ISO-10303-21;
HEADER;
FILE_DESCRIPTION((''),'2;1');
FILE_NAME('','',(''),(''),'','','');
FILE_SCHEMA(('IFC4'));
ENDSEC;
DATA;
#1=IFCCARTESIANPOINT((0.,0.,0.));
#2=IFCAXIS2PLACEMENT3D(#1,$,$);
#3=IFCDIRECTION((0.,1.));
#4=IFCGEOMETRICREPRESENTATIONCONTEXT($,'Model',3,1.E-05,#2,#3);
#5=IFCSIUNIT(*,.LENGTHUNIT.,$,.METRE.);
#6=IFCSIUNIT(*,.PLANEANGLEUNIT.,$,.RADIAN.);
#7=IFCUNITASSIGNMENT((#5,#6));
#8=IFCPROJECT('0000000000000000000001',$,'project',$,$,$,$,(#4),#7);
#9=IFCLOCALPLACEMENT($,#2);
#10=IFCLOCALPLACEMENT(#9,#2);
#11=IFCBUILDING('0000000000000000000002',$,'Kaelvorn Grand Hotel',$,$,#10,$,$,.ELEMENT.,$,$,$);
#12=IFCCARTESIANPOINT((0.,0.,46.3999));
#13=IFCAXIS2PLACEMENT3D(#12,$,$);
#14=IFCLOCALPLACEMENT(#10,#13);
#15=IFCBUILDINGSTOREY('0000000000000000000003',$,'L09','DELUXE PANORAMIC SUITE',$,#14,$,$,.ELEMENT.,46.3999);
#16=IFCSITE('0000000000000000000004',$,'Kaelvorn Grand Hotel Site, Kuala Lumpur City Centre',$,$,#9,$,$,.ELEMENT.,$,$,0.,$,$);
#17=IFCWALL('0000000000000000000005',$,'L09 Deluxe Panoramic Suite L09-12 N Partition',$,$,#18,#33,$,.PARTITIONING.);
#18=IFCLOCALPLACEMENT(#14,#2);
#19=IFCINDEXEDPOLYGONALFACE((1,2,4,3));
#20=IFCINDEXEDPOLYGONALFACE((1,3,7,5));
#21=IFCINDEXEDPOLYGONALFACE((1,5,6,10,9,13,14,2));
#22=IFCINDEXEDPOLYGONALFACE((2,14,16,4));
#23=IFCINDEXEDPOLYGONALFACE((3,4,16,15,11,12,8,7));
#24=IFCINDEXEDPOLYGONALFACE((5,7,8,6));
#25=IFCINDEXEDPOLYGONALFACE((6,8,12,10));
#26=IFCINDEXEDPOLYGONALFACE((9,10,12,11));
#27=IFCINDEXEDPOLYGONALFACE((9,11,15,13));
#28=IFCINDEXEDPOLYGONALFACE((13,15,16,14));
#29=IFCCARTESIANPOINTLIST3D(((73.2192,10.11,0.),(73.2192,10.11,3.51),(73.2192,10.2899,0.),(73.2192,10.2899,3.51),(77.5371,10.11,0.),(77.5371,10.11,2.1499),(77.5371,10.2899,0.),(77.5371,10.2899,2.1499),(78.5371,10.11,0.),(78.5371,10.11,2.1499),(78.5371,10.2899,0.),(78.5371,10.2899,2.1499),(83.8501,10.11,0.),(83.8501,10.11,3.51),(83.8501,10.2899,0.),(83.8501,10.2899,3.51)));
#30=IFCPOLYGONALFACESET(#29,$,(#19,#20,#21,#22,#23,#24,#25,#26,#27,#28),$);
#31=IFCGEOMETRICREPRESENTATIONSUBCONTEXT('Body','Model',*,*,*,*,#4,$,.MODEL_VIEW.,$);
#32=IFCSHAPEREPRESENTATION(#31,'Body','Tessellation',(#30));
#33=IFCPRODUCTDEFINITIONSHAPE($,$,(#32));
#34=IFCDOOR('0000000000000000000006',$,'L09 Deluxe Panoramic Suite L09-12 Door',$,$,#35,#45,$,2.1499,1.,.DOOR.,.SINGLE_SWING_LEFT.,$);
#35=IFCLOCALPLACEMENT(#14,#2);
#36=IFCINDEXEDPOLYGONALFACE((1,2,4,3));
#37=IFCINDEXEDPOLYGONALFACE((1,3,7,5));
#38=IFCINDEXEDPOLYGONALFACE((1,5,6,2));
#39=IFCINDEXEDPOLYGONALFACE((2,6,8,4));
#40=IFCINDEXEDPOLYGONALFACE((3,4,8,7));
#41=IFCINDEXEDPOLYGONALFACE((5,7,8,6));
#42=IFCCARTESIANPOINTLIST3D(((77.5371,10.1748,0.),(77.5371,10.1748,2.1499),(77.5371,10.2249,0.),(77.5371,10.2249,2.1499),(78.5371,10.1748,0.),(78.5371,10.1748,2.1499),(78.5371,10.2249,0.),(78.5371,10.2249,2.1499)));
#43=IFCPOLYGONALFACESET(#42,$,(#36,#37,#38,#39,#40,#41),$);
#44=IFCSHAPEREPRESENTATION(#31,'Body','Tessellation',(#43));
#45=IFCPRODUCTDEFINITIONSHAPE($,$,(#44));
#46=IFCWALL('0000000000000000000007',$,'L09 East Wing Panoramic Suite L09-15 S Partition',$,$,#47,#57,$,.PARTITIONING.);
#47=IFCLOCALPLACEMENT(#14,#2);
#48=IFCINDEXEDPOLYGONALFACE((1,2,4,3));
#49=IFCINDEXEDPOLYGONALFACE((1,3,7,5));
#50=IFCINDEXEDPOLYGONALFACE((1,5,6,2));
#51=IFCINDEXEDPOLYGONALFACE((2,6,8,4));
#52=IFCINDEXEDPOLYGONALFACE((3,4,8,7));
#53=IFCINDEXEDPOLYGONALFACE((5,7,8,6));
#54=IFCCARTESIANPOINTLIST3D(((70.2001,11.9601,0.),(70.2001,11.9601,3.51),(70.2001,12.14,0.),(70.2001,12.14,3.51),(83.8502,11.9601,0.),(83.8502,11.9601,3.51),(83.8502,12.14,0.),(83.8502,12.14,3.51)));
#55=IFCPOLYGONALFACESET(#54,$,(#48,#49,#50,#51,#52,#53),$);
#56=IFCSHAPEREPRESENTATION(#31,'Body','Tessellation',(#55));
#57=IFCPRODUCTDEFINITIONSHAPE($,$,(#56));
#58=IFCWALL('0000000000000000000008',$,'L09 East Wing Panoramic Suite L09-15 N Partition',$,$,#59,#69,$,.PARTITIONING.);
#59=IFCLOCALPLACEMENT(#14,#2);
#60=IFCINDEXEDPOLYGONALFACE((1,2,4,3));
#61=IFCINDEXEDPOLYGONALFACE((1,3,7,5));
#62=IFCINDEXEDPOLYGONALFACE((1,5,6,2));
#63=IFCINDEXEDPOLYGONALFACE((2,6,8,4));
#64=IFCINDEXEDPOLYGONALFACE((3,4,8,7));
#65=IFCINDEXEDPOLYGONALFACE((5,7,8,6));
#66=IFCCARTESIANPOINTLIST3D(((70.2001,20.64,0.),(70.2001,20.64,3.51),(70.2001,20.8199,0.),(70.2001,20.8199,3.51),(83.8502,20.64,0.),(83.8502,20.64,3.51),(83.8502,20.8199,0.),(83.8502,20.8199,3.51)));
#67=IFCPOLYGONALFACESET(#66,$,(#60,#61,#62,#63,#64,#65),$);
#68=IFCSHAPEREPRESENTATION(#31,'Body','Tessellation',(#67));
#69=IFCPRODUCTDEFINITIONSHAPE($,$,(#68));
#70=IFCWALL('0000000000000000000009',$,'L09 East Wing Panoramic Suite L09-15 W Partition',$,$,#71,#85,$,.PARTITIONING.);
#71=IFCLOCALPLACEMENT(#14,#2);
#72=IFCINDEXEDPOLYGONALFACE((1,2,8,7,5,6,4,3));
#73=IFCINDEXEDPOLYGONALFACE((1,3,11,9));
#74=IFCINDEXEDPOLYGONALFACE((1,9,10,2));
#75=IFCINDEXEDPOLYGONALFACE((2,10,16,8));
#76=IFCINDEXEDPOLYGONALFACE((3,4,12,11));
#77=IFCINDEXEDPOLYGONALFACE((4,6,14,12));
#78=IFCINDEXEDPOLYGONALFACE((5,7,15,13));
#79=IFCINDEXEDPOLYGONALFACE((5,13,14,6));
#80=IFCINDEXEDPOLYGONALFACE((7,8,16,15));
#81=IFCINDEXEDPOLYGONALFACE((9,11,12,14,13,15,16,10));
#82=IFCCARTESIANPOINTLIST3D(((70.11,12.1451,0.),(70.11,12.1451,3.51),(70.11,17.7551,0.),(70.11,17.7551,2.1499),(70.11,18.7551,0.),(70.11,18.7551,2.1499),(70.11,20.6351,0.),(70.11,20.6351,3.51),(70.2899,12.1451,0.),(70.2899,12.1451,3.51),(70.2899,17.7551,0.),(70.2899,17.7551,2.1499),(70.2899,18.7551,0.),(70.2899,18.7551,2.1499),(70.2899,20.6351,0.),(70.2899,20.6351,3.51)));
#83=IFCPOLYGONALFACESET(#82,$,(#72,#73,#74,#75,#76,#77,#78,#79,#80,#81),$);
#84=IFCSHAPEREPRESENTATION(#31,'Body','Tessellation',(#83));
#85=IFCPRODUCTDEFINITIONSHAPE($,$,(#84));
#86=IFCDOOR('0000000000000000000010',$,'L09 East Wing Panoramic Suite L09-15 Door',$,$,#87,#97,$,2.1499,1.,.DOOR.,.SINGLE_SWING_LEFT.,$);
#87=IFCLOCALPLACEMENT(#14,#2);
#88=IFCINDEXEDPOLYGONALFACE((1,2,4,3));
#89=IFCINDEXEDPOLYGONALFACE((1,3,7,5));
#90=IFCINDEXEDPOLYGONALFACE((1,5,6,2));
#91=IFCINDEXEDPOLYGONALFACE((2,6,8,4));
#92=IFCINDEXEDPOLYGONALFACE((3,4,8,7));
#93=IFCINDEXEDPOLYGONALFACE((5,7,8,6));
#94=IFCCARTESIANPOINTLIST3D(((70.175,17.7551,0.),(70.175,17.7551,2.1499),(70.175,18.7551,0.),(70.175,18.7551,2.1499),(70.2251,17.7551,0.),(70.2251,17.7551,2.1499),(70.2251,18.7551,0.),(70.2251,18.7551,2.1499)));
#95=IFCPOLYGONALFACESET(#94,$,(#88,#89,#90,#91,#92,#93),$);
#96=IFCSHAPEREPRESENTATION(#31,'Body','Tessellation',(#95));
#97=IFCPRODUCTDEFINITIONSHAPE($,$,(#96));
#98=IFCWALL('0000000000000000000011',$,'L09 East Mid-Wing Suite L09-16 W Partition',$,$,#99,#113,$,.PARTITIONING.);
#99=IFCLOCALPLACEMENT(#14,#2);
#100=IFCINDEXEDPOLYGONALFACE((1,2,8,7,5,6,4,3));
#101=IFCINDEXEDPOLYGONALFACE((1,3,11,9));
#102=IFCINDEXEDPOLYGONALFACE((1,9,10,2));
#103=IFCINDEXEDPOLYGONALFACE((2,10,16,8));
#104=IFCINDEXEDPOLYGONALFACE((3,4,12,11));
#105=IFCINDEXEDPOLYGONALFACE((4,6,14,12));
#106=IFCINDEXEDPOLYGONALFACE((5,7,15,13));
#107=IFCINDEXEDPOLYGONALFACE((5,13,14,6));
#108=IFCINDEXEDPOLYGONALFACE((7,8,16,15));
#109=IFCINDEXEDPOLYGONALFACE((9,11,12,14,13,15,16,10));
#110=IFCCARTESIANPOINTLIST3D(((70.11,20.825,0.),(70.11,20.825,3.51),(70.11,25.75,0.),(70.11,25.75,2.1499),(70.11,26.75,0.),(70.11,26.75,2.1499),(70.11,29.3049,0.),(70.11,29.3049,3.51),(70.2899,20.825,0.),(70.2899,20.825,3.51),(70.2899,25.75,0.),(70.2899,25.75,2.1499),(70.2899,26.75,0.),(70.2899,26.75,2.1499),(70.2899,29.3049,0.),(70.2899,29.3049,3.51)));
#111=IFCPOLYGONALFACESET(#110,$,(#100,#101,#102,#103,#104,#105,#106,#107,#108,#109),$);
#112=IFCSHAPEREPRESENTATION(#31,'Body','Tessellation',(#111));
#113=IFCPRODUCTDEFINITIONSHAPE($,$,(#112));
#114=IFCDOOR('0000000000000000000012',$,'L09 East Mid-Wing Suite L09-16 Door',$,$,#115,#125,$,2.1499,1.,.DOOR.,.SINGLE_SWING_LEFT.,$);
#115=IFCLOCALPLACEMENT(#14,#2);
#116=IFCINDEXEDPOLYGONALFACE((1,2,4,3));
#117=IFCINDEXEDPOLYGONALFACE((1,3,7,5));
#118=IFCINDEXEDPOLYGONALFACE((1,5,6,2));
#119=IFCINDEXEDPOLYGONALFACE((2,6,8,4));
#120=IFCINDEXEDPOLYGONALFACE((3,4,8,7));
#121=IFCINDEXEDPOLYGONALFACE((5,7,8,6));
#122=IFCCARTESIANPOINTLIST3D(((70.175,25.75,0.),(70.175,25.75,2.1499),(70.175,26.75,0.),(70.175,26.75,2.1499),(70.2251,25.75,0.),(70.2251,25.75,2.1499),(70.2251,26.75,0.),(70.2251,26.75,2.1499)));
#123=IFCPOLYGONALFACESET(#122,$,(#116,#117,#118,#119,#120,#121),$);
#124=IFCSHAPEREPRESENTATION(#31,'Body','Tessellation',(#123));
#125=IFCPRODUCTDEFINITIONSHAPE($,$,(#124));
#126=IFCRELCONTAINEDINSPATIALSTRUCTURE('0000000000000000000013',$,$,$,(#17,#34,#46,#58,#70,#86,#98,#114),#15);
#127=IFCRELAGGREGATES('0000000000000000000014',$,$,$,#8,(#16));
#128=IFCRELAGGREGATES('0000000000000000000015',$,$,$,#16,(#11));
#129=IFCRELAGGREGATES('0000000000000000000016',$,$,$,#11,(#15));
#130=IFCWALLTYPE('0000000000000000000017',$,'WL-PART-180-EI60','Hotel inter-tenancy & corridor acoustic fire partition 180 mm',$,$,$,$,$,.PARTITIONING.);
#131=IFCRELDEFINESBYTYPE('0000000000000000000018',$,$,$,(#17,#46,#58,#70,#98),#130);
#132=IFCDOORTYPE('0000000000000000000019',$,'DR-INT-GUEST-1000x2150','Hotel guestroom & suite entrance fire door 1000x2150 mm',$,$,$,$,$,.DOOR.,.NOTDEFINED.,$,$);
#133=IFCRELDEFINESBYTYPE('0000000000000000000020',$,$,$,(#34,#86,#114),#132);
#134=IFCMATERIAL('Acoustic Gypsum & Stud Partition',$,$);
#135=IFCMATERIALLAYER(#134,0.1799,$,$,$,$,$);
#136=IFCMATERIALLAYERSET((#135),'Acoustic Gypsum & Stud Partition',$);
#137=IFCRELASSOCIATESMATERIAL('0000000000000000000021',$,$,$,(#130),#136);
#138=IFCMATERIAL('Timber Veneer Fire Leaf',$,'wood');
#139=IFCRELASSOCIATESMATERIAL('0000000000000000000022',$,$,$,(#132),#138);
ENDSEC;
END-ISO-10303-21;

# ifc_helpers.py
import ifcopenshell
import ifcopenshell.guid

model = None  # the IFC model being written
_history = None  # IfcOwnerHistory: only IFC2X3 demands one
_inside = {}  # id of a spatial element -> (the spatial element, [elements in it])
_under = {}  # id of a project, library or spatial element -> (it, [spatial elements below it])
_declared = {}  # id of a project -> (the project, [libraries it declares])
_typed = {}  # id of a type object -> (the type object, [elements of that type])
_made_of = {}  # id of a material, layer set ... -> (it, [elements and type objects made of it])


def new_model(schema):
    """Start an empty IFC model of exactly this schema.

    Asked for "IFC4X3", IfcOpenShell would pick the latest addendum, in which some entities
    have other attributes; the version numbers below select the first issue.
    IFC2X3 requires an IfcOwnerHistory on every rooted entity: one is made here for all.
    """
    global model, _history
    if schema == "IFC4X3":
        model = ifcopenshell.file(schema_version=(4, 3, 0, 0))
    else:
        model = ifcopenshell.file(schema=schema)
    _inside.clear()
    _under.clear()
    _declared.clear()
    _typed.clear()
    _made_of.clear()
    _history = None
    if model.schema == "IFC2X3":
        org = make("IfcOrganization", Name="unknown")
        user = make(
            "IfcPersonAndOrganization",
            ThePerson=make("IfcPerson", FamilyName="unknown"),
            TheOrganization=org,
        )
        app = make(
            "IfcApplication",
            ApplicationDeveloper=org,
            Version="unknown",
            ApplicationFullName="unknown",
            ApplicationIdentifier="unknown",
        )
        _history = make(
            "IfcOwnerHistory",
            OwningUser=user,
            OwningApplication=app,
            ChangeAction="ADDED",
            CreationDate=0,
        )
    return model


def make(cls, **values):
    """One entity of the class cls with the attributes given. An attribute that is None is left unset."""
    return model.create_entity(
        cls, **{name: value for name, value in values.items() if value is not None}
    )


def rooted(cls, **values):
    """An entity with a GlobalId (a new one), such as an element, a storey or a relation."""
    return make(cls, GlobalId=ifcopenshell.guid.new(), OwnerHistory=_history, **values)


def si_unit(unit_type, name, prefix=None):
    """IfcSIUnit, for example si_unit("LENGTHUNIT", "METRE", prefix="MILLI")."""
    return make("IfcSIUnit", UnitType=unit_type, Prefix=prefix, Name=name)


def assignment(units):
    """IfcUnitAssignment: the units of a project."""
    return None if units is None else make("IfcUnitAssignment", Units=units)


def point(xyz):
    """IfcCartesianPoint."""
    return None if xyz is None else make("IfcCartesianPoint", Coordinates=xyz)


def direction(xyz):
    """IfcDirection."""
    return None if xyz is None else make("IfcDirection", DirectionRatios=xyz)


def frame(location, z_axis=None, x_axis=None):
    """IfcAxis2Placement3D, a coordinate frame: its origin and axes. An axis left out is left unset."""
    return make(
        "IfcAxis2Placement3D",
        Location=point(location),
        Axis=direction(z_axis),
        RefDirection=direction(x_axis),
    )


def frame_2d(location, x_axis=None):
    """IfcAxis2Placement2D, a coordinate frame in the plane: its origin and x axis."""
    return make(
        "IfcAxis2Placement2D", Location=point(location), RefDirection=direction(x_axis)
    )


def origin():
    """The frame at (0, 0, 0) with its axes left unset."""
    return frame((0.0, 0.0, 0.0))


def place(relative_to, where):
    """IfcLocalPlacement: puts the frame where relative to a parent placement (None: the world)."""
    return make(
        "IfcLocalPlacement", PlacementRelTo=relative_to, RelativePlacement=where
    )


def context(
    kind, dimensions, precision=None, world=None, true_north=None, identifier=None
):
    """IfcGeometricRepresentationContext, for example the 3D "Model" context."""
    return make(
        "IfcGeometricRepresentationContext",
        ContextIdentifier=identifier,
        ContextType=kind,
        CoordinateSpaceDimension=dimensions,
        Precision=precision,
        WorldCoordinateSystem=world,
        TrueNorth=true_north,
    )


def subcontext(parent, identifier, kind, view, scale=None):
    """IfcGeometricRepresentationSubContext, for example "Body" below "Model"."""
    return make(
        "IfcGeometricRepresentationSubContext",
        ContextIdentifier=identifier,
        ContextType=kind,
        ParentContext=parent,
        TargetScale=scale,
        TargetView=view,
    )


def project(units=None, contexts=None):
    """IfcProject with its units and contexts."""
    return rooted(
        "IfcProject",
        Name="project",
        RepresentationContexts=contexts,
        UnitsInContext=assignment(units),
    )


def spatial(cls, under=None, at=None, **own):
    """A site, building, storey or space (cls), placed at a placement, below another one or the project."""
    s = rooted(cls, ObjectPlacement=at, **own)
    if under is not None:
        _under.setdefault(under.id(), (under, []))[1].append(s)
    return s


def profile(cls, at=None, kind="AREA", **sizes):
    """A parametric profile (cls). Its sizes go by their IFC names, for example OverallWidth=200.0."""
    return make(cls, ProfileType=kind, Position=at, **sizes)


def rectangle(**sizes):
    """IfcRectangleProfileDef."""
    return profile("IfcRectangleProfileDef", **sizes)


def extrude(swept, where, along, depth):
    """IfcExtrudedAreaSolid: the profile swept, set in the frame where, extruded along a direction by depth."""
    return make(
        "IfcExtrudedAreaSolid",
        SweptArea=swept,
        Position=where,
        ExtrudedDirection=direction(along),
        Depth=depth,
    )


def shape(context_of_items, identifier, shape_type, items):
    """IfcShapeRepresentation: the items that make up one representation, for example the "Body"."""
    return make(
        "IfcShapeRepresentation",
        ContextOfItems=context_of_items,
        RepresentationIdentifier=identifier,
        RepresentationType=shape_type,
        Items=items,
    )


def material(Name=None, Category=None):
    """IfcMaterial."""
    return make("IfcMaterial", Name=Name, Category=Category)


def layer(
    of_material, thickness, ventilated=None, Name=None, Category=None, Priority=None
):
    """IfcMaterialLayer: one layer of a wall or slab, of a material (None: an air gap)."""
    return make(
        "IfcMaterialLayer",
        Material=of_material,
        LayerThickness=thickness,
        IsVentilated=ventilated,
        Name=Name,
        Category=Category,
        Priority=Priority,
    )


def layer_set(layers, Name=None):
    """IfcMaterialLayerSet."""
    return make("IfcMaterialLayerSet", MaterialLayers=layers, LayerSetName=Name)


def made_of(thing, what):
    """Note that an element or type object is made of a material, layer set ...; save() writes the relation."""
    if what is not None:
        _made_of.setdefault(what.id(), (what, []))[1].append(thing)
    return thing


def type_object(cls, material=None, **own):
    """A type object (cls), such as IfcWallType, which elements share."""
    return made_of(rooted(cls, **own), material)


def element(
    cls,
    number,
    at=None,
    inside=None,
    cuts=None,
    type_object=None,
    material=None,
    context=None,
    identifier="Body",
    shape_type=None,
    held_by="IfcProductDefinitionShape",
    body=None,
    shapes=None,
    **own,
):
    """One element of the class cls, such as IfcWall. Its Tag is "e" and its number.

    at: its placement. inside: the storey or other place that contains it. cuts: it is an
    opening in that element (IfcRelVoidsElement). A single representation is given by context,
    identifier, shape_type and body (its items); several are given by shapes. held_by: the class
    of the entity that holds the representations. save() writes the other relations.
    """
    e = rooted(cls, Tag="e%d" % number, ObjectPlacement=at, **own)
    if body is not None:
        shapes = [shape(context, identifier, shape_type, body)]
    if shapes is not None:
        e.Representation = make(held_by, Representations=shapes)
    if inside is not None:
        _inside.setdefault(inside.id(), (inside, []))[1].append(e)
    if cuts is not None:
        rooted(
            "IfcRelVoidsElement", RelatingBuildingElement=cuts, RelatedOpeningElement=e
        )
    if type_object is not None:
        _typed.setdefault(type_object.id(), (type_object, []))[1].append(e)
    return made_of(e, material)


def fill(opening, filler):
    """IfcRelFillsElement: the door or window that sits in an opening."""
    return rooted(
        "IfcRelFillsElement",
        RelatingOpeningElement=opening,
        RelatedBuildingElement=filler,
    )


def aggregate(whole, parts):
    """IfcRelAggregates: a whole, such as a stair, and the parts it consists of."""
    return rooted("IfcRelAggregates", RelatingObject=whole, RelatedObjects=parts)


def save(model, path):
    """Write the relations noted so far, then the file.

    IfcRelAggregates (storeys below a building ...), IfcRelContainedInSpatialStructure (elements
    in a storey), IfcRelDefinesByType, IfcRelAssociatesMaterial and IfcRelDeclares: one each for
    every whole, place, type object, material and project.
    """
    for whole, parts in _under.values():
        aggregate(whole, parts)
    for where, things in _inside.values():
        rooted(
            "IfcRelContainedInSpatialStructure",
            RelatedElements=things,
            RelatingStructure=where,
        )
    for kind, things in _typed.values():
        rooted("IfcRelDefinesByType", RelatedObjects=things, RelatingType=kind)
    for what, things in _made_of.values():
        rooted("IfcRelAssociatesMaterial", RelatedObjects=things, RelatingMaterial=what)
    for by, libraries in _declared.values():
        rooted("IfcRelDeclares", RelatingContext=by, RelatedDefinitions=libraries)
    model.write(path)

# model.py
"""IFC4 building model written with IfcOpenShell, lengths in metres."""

from ifc_helpers import new_model, si_unit, direction, frame, frame_2d, origin, place, context, subcontext, project, spatial, rectangle, extrude, material, layer, layer_set, type_object, element, fill, save


model = new_model("IFC4")

# Units and contexts
model_context = context("Model", 3, precision=1e-05, world=origin(), true_north=direction((0.0, 1.0)))
body_context = subcontext(model_context, "Body", "Model", "MODEL_VIEW")
ifc_project = project(units=[si_unit("LENGTHUNIT", "METRE"), si_unit("PLANEANGLEUNIT", "RADIAN")], contexts=[model_context])

# Site, building, storey
site_placement = place(None, origin())
site = spatial("IfcSite", under=ifc_project, at=site_placement, Name="Kaelvorn Grand Hotel Site, Kuala Lumpur City Centre", CompositionType="ELEMENT", RefElevation=0.0)
building_placement = place(site_placement, origin())
building = spatial("IfcBuilding", under=site, at=building_placement, Name="Kaelvorn Grand Hotel", CompositionType="ELEMENT")
storey_placement = place(building_placement, frame((0.0, 0.0, 46.3999)))
storey = spatial("IfcBuildingStorey", under=building, at=storey_placement, Name="L09", Description="DELUXE PANORAMIC SUITE", CompositionType="ELEMENT", Elevation=46.3999)

# Shared definitions
ifc_material_1 = material(Name="Acoustic Gypsum & Stud Partition")

# Wall, opening, door
ifc_layer_1 = layer(ifc_material_1, 0.1799)
ifc_layer_set_1 = layer_set([ifc_layer_1], Name="Acoustic Gypsum & Stud Partition")
wall_type_1 = type_object("IfcWallType", Name="WL-PART-180-EI60", Description="Hotel inter-tenancy & corridor acoustic fire partition 180 mm", PredefinedType="PARTITIONING", material=ifc_layer_set_1)
wall_1_placement = place(storey_placement, frame((73.2192, 10.2, 0.0), z_axis=(0.0, 0.0, 1.0), x_axis=(1.0, 0.0, 0.0)))
wall_1 = element("IfcWall", 1, at=wall_1_placement, inside=storey, type_object=wall_type_1, Name="L09 Deluxe Panoramic Suite L09-12 N Partition", PredefinedType="PARTITIONING", context=body_context, shape_type="SweptSolid", body=[
    extrude(rectangle(XDim=10.6309, YDim=0.1799, at=frame_2d((5.3154, 0.0))), origin(), (0.0, 0.0, 1.0), 3.51),
])
opening_1_placement = place(wall_1_placement, frame((4.3179, 0.0, 0.0)))
opening_1 = element("IfcOpeningElement", 2, at=opening_1_placement, cuts=wall_1, PredefinedType="OPENING", context=body_context, shape_type="SweptSolid", body=[
    extrude(rectangle(XDim=1.0, YDim=2.1499, at=frame_2d((0.5, 1.075))), frame((0.0, 0.1001, 0.0), z_axis=(0.0, -1.0, 0.0), x_axis=(1.0, 0.0, 0.0)), (0.0, 0.0, 1.0), 0.2),
])
ifc_material_2 = material(Name="Timber Veneer Fire Leaf", Category="wood")
door_type_1 = type_object("IfcDoorType", Name="DR-INT-GUEST-1000x2150", Description="Hotel guestroom & suite entrance fire door 1000x2150 mm", OperationType="NOTDEFINED", PredefinedType="DOOR", material=ifc_material_2)
door_1_placement = place(opening_1_placement, origin())
door_1 = element("IfcDoor", 3, at=door_1_placement, inside=storey, type_object=door_type_1, Name="L09 Deluxe Panoramic Suite L09-12 Door", OperationType="SINGLE_SWING_LEFT", OverallHeight=2.1499, OverallWidth=1.0, PredefinedType="DOOR", context=body_context, shape_type="SweptSolid", body=[
    extrude(rectangle(XDim=1.0, YDim=2.1499, at=frame_2d((0.5, 1.075))), frame((0.0, 0.0249, 0.0), z_axis=(0.0, -1.0, 0.0), x_axis=(1.0, 0.0, 0.0)), (0.0, 0.0, 1.0), 0.05),
])
fill(opening_1, door_1)

# Walls
for number, where, z_axis, x_axis, name in (
    (4, (70.2, 12.05, 0.0), (0.0, 0.0, 1.0), (1.0, 0.0, 0.0), "L09 East Wing Panoramic Suite L09-15 S Partition"),
    (5, (70.2, 20.73, 0.0), (0.0, 0.0, 1.0), (1.0, 0.0, 0.0), "L09 East Wing Panoramic Suite L09-15 N Partition"),
):
    element("IfcWall", number, at=place(storey_placement, frame(where, z_axis=z_axis, x_axis=x_axis)), inside=storey, type_object=wall_type_1, Name=name, PredefinedType="PARTITIONING", context=body_context, shape_type="SweptSolid", body=[
        extrude(rectangle(XDim=13.6501, YDim=0.1799, at=frame_2d((6.8252, 0.0))), origin(), (0.0, 0.0, 1.0), 3.51),
    ])

# Walls, openings, doors
wall_2_placement = place(storey_placement, frame((70.2, 12.145, 0.0), z_axis=(0.0, 0.0, 1.0), x_axis=(0.0, 1.0, 0.0)))
wall_2 = element("IfcWall", 6, at=wall_2_placement, inside=storey, type_object=wall_type_1, Name="L09 East Wing Panoramic Suite L09-15 W Partition", PredefinedType="PARTITIONING", context=body_context, shape_type="SweptSolid", body=[
    extrude(rectangle(XDim=8.49, YDim=0.1799, at=frame_2d((4.2451, 0.0))), origin(), (0.0, 0.0, 1.0), 3.51),
])
opening_2_placement = place(wall_2_placement, frame((5.6101, 0.0, 0.0)))
opening_2 = element("IfcOpeningElement", 7, at=opening_2_placement, cuts=wall_2, PredefinedType="OPENING", context=body_context, shape_type="SweptSolid", body=[
    extrude(rectangle(XDim=1.0, YDim=2.1499, at=frame_2d((0.5, 1.075))), frame((0.0, 0.1001, 0.0), z_axis=(0.0, -1.0, 0.0), x_axis=(1.0, 0.0, 0.0)), (0.0, 0.0, 1.0), 0.2),
])
door_2_placement = place(opening_2_placement, origin())
door_2 = element("IfcDoor", 8, at=door_2_placement, inside=storey, type_object=door_type_1, Name="L09 East Wing Panoramic Suite L09-15 Door", OperationType="SINGLE_SWING_LEFT", OverallHeight=2.1499, OverallWidth=1.0, PredefinedType="DOOR", context=body_context, shape_type="SweptSolid", body=[
    extrude(rectangle(XDim=1.0, YDim=2.1499, at=frame_2d((0.5, 1.075))), frame((0.0, 0.0249, 0.0), z_axis=(0.0, -1.0, 0.0), x_axis=(1.0, 0.0, 0.0)), (0.0, 0.0, 1.0), 0.05),
])
fill(opening_2, door_2)
wall_3_placement = place(storey_placement, frame((70.2, 20.825, 0.0), z_axis=(0.0, 0.0, 1.0), x_axis=(0.0, 1.0, 0.0)))
wall_3 = element("IfcWall", 9, at=wall_3_placement, inside=storey, type_object=wall_type_1, Name="L09 East Mid-Wing Suite L09-16 W Partition", PredefinedType="PARTITIONING", context=body_context, shape_type="SweptSolid", body=[
    extrude(rectangle(XDim=8.48, YDim=0.1799, at=frame_2d((4.24, 0.0))), origin(), (0.0, 0.0, 1.0), 3.51),
])
opening_3_placement = place(wall_3_placement, frame((4.925, 0.0, 0.0)))
opening_3 = element("IfcOpeningElement", 10, at=opening_3_placement, cuts=wall_3, PredefinedType="OPENING", context=body_context, shape_type="SweptSolid", body=[
    extrude(rectangle(XDim=1.0, YDim=2.1499, at=frame_2d((0.5, 1.075))), frame((0.0, 0.1001, 0.0), z_axis=(0.0, -1.0, 0.0), x_axis=(1.0, 0.0, 0.0)), (0.0, 0.0, 1.0), 0.2),
])
door_3_placement = place(opening_3_placement, origin())
door_3 = element("IfcDoor", 11, at=door_3_placement, inside=storey, type_object=door_type_1, Name="L09 East Mid-Wing Suite L09-16 Door", OperationType="SINGLE_SWING_LEFT", OverallHeight=2.1499, OverallWidth=1.0, PredefinedType="DOOR", context=body_context, shape_type="SweptSolid", body=[
    extrude(rectangle(XDim=1.0, YDim=2.1499, at=frame_2d((0.5, 1.075))), frame((0.0, 0.0249, 0.0), z_axis=(0.0, -1.0, 0.0), x_axis=(1.0, 0.0, 0.0)), (0.0, 0.0, 1.0), 0.05),
])
fill(opening_3, door_3)

save(model, "model.ifc")
